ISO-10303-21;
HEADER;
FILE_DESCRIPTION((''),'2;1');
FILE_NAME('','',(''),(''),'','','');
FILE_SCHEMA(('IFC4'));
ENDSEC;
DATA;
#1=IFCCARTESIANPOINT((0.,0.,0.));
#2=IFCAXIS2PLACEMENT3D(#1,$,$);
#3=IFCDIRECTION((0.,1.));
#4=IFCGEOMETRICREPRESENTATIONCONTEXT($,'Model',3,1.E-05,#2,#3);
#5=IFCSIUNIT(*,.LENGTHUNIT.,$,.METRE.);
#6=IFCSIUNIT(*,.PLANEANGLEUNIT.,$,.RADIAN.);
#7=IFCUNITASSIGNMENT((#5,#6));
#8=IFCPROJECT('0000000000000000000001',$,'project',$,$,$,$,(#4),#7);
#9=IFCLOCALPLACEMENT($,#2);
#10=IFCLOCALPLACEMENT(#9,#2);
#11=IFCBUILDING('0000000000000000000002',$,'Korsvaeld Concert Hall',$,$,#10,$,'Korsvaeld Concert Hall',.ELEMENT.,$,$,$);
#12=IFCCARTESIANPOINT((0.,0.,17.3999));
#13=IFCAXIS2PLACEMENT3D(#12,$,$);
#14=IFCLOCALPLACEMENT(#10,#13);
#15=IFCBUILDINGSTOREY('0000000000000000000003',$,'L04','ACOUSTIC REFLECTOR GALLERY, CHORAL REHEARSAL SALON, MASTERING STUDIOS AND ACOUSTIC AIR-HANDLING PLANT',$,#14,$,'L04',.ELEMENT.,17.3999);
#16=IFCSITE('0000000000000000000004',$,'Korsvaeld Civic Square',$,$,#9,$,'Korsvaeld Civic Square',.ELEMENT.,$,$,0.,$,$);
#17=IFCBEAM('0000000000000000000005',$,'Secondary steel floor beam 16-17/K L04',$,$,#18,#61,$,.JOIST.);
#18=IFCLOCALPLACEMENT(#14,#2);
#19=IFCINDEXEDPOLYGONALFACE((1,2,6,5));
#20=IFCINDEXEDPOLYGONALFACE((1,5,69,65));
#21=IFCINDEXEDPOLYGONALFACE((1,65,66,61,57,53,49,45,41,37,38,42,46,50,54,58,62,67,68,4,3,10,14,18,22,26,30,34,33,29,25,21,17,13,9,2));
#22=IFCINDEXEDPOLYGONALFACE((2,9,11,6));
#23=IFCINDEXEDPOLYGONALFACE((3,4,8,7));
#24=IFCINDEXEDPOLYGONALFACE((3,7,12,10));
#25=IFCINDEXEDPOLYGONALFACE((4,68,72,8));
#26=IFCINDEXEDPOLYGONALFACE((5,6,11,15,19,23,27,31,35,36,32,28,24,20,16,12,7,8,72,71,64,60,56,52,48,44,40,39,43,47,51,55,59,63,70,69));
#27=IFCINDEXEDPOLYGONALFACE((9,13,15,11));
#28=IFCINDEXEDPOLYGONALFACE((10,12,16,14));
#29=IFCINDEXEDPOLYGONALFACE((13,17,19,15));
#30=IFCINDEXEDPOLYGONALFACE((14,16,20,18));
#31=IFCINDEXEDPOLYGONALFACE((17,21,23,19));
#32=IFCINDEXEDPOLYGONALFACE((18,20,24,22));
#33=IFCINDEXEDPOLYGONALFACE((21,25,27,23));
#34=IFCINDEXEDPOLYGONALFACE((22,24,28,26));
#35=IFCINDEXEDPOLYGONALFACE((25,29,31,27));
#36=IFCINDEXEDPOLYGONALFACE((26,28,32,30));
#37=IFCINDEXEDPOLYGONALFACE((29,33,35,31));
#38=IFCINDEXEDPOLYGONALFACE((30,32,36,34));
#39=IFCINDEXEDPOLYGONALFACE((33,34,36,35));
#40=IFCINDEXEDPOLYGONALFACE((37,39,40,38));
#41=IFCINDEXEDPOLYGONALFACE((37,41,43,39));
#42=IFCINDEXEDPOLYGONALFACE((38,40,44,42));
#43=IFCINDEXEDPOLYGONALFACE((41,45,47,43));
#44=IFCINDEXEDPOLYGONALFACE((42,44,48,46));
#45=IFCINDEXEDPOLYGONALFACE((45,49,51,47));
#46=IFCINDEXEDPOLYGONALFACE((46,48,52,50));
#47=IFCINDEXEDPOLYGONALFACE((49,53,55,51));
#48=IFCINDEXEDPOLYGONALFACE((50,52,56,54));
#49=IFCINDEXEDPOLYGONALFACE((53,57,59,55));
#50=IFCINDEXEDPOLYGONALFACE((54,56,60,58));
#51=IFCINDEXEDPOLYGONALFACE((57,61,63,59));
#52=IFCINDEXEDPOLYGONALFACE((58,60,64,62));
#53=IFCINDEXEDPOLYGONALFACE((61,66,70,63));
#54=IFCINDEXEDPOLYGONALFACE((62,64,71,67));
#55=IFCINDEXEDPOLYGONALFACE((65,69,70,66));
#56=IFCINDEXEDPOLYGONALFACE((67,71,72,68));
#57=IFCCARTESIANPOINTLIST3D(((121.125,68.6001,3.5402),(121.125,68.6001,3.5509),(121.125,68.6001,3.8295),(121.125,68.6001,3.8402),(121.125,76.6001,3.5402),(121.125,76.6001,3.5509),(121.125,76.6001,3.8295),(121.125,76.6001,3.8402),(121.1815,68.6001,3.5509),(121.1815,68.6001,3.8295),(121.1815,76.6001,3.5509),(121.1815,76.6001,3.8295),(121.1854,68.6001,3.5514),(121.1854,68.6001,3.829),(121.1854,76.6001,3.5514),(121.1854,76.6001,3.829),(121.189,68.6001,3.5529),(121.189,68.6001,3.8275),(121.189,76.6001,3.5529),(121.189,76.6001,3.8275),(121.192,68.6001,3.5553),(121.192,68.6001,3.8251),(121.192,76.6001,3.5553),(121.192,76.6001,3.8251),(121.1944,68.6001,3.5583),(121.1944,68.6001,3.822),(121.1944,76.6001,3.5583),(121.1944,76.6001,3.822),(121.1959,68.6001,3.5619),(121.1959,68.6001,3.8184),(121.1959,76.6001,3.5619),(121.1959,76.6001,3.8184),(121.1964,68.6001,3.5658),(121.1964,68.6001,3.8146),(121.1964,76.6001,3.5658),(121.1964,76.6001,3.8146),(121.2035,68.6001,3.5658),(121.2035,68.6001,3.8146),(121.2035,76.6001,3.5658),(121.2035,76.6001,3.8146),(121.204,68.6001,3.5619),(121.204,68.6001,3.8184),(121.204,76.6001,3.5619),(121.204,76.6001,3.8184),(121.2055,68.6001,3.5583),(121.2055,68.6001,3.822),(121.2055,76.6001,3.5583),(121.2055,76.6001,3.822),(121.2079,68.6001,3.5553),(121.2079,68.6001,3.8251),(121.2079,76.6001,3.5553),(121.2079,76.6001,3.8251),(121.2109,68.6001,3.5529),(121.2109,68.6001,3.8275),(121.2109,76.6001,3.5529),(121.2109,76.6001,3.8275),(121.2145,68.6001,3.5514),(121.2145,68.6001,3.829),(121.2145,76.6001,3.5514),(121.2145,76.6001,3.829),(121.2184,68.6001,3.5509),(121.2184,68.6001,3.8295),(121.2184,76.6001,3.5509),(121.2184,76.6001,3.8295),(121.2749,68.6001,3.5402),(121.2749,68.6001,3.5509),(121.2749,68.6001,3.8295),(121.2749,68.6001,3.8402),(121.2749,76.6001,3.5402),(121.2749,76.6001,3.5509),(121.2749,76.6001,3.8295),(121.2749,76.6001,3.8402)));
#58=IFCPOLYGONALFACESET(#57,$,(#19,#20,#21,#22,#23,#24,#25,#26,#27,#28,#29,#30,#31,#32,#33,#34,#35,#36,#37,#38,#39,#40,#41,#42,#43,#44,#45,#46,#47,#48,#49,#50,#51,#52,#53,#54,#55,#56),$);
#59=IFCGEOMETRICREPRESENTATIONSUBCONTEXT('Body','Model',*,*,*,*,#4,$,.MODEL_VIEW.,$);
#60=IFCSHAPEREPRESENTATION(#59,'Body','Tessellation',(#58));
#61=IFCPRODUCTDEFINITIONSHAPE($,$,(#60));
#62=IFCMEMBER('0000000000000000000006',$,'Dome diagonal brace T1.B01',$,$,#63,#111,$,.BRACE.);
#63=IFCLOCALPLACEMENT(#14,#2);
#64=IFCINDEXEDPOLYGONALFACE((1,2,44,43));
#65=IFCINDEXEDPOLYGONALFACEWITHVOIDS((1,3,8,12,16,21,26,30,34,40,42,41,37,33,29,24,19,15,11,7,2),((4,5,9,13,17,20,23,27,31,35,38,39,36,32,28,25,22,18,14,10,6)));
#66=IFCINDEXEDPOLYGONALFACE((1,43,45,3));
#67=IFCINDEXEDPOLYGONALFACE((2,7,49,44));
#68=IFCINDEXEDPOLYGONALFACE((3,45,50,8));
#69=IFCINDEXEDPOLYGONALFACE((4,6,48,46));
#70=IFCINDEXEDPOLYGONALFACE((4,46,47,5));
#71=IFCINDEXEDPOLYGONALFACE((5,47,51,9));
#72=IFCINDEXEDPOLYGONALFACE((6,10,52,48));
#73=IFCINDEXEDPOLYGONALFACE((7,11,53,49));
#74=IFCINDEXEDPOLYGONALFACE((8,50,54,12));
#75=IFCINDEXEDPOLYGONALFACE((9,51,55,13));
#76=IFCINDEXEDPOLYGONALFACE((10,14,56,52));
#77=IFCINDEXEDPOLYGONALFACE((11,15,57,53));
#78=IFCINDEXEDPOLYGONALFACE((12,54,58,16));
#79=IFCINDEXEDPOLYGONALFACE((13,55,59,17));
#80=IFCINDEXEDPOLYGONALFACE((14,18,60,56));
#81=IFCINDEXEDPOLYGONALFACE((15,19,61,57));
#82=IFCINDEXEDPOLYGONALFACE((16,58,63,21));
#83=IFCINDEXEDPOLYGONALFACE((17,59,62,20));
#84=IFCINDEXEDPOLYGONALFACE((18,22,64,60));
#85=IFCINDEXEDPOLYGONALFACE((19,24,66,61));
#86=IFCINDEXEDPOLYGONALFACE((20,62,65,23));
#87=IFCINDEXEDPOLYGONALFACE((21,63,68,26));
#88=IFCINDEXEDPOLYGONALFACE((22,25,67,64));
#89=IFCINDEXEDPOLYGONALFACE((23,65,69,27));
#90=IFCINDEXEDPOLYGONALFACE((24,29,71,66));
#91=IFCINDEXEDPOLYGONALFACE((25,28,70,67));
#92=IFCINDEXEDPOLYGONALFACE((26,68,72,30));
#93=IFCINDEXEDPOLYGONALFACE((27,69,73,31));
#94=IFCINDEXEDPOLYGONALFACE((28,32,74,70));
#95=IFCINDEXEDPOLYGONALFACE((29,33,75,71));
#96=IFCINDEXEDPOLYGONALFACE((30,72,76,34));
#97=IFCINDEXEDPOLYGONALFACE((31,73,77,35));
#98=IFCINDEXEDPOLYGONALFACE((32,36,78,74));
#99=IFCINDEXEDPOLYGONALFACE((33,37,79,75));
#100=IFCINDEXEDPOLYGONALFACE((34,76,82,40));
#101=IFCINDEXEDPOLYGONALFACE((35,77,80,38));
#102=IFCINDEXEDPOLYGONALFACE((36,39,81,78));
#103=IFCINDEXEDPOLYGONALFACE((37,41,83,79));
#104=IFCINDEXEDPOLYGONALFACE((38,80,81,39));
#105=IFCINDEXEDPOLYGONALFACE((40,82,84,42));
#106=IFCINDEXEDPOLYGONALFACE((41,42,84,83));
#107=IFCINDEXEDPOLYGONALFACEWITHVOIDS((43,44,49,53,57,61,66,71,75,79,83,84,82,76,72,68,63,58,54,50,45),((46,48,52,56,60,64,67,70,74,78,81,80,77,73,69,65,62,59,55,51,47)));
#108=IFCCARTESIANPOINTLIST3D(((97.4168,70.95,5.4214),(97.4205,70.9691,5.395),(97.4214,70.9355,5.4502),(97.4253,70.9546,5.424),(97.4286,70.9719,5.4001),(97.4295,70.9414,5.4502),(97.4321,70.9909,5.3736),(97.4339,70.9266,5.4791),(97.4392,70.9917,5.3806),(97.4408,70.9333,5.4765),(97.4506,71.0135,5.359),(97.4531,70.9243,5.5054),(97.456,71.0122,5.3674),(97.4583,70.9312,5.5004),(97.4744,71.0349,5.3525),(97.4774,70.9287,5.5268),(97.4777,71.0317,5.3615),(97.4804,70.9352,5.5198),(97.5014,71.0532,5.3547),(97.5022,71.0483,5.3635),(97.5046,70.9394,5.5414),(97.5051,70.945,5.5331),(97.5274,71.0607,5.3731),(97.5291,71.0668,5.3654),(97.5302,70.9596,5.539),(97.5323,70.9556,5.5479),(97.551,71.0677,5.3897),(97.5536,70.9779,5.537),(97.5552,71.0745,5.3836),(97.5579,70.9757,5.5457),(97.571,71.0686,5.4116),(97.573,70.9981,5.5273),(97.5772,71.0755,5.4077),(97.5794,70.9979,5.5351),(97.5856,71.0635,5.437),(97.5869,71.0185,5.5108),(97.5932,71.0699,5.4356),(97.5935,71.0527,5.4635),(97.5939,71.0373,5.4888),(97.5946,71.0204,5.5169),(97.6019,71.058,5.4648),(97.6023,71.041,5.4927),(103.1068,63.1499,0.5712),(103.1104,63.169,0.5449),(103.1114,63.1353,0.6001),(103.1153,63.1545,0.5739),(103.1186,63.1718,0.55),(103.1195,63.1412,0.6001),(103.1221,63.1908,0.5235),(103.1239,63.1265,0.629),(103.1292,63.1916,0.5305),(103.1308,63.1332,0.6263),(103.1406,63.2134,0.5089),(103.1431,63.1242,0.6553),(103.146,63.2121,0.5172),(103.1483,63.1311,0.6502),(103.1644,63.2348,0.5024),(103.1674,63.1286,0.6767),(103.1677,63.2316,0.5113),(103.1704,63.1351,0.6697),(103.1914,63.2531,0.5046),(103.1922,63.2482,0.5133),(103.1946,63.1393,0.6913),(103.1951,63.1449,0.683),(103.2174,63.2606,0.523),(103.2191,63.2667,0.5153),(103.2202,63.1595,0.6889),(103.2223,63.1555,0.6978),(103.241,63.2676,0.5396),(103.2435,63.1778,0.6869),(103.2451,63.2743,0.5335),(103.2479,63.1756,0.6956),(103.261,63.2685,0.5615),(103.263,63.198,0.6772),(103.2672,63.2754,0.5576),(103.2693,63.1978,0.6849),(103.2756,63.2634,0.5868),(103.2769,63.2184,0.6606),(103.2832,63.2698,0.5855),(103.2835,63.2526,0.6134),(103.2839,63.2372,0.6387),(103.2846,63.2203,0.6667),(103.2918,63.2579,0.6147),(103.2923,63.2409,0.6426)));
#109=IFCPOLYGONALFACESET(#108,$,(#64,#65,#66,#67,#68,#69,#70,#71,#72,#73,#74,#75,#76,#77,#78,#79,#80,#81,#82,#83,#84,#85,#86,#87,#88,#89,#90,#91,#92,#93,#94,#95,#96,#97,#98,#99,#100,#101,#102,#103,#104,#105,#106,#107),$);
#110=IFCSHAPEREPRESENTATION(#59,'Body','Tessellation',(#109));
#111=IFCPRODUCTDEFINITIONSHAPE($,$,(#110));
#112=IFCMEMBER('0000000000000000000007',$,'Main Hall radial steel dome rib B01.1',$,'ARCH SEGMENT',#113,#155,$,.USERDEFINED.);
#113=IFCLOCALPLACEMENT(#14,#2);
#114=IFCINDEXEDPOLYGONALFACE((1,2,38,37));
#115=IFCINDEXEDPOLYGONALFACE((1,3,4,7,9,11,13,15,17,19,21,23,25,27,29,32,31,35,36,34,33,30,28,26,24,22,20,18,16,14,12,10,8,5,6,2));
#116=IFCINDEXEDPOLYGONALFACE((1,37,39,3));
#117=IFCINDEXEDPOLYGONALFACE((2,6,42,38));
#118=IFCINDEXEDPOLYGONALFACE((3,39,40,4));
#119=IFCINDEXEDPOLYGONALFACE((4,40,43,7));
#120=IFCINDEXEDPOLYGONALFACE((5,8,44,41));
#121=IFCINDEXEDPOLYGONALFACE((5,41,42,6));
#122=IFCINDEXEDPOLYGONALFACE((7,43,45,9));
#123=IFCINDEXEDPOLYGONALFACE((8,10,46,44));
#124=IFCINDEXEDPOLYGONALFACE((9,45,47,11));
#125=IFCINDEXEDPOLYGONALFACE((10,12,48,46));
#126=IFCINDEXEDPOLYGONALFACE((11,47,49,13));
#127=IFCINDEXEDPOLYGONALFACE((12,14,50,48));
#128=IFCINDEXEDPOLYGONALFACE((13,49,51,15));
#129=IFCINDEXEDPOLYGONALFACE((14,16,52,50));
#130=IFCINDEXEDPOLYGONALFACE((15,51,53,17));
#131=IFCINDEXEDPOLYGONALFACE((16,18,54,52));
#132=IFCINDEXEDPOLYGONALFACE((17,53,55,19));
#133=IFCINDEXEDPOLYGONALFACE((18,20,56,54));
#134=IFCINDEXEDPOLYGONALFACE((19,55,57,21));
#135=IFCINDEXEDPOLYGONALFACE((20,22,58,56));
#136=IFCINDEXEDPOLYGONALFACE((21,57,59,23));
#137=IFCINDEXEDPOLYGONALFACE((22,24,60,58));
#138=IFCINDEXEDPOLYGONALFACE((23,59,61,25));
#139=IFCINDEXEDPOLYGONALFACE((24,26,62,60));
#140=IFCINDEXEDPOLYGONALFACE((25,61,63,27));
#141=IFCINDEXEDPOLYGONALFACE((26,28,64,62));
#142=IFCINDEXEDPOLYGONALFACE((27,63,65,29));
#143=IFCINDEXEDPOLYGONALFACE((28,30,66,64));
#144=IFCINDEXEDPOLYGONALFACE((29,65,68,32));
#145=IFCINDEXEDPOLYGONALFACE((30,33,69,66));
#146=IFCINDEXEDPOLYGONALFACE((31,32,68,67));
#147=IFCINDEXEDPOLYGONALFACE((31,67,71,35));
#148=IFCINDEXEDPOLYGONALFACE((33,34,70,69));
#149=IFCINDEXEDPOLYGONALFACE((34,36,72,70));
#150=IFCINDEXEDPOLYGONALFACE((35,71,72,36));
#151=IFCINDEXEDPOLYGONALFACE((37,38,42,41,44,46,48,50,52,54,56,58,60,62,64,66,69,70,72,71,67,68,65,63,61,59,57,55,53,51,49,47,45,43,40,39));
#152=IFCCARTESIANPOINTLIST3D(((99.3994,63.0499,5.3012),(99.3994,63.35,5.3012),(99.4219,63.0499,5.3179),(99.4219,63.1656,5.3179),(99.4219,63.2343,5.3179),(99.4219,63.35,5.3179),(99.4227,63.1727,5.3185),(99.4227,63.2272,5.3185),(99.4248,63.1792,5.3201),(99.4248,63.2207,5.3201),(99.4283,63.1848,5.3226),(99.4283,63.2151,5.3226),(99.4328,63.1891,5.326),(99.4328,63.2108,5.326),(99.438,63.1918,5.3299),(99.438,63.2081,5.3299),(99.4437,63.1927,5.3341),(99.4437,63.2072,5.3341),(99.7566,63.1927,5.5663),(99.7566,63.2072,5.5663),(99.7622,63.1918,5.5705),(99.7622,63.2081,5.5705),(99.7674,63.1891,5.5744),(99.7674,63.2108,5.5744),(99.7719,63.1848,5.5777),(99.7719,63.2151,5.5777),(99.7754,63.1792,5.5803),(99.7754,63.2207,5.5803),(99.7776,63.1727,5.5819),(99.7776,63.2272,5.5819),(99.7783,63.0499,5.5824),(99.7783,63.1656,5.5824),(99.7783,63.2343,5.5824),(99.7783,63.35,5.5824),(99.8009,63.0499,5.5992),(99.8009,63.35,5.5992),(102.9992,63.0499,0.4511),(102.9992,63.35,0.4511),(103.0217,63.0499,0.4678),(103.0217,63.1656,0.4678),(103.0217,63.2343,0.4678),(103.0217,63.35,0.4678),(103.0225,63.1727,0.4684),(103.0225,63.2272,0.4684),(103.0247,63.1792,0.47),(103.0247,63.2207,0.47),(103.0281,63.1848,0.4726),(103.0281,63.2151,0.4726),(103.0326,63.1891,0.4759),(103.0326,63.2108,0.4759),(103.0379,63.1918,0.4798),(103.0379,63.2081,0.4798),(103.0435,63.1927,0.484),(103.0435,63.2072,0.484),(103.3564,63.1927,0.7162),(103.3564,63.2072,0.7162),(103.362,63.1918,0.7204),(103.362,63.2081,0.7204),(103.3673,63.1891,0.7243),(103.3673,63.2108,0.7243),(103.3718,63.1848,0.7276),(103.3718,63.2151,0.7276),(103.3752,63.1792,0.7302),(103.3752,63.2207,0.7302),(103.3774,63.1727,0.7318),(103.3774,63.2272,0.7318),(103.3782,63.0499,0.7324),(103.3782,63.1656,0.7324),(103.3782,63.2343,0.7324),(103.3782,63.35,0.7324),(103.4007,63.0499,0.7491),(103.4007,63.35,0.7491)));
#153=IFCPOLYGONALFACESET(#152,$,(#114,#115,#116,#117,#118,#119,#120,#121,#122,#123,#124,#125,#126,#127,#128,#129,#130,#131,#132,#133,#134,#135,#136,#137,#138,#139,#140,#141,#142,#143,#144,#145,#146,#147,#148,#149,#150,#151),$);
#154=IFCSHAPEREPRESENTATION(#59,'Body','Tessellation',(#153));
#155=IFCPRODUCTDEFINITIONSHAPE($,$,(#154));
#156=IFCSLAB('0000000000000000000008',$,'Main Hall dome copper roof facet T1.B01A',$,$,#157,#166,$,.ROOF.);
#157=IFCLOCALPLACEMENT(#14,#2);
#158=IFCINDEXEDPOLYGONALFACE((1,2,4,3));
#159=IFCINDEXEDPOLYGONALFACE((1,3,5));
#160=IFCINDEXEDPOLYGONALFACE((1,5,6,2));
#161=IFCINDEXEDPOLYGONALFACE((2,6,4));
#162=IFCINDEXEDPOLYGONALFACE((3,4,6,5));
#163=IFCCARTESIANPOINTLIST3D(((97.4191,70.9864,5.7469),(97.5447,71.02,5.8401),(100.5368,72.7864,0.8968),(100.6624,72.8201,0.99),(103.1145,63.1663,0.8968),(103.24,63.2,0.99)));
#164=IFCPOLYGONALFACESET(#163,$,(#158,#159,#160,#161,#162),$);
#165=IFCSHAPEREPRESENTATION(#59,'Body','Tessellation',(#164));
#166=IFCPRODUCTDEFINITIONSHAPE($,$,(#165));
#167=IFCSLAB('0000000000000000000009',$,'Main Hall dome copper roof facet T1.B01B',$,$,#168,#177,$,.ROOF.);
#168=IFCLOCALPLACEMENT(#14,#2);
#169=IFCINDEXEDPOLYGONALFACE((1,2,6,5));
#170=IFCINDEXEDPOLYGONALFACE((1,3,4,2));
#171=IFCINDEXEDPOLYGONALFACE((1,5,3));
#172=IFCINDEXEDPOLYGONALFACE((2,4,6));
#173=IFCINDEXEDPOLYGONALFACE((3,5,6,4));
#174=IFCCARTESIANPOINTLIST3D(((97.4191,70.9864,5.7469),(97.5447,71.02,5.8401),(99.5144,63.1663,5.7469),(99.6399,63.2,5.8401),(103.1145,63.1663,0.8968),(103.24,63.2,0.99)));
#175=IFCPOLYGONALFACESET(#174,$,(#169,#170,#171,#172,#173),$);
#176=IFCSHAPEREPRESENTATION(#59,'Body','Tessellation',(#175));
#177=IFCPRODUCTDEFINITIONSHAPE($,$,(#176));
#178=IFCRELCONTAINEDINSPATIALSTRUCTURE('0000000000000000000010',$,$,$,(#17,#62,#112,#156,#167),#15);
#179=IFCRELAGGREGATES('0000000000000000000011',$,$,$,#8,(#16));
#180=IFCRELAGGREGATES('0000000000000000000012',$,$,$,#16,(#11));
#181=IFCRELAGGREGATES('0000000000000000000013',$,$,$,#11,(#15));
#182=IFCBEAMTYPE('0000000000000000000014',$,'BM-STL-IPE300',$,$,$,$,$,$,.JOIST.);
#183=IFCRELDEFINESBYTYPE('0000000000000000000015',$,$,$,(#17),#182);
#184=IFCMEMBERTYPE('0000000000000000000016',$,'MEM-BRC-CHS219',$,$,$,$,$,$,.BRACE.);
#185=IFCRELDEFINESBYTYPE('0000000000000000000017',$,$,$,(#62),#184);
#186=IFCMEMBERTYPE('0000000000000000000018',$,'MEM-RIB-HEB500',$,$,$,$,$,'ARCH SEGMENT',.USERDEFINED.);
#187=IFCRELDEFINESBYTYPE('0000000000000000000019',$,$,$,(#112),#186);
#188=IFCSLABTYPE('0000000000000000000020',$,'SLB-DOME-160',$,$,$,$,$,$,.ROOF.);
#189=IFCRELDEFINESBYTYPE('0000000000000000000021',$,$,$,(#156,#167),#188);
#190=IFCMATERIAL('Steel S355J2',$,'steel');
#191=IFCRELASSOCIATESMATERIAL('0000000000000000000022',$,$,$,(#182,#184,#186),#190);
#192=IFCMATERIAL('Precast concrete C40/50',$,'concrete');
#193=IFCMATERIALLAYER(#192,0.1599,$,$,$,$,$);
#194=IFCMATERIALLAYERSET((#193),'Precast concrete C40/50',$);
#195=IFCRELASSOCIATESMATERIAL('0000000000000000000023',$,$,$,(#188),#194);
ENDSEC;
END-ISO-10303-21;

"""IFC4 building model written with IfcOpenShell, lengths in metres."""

from ifc_helpers import new_model, si_unit, direction, frame, origin, origin_2d, place, context, subcontext, project, spatial, polyline, hollow_circle, i_section, outline, extrude, material, layer, layer_set, material_profile, profile_set, type_object, element, save


model = new_model("IFC4")

# Units and contexts
model_context = context("Model", 3, precision=1e-05, world=origin(), true_north=direction((0.0, 1.0)))
body_context = subcontext(model_context, "Body", "Model", "MODEL_VIEW")
ifc_project = project(units=[si_unit("LENGTHUNIT", "METRE"), si_unit("PLANEANGLEUNIT", "RADIAN")], contexts=[model_context])

# Site, building, storey
site_placement = place(None, origin())
site = spatial("IfcSite", under=ifc_project, at=site_placement, Name="Korsvaeld Civic Square", LongName="Korsvaeld Civic Square", CompositionType="ELEMENT", RefElevation=0.0)
building_placement = place(site_placement, origin())
building = spatial("IfcBuilding", under=site, at=building_placement, Name="Korsvaeld Concert Hall", LongName="Korsvaeld Concert Hall", CompositionType="ELEMENT")
storey_placement = place(building_placement, frame((0.0, 0.0, 17.3999)))
storey = spatial("IfcBuildingStorey", under=building, at=storey_placement, Name="L04", Description="ACOUSTIC REFLECTOR GALLERY, CHORAL REHEARSAL SALON, MASTERING STUDIOS AND ACOUSTIC AIR-HANDLING PLANT", LongName="L04", CompositionType="ELEMENT", Elevation=17.3999)

# Beam
ifc_material_1 = material(Name="Steel S355J2", Category="steel")
ifc_material_profile_1 = material_profile(ifc_material_1, i_section(OverallWidth=0.1499, OverallDepth=0.3, WebThickness=0.0071, FlangeThickness=0.0107, FilletRadius=0.0149, at=origin_2d()), Name="IPE 300")
ifc_profile_set_1 = profile_set([ifc_material_profile_1], Name="Steel S355J2")
beam_type_1 = type_object("IfcBeamType", Name="BM-STL-IPE300", PredefinedType="JOIST", material=ifc_profile_set_1)
beam_1_placement = place(storey_placement, frame((121.2, 68.6001, 3.6902), z_axis=(0.0, 1.0, 0.0), x_axis=(-1.0, 0.0, 0.0)))
element("IfcBeam", 1, at=beam_1_placement, inside=storey, type_object=beam_type_1, Name="Secondary steel floor beam 16-17/K L04", PredefinedType="JOIST", context=body_context, shape_type="SweptSolid", body=[
    extrude(i_section(OverallWidth=0.1499, OverallDepth=0.3, WebThickness=0.0071, FlangeThickness=0.0107, FilletRadius=0.0149, at=origin_2d()), origin(), (0.0, 0.0, 1.0), 8.0),
])

# Members
ifc_material_profile_2 = material_profile(ifc_material_1, hollow_circle(Radius=0.1096, WallThickness=0.01, at=origin_2d()), Name="CHS 219.1x10")
ifc_profile_set_2 = profile_set([ifc_material_profile_2], Name="Steel S355J2")
member_type_1 = type_object("IfcMemberType", Name="MEM-BRC-CHS219", PredefinedType="BRACE", material=ifc_profile_set_2)
member_1_placement = place(storey_placement, frame((103.2, 63.2, 0.6001), z_axis=(-0.526622, 0.721918, 0.448891), x_axis=(-0.807889, -0.589335, 0.0)))
element("IfcMember", 2, at=member_1_placement, inside=storey, type_object=member_type_1, Name="Dome diagonal brace T1.B01", PredefinedType="BRACE", context=body_context, shape_type="SweptSolid", body=[
    extrude(hollow_circle(Radius=0.1096, WallThickness=0.01, at=origin_2d()), origin(), (0.0, 0.0, 1.0), 10.8047),
])
ifc_material_profile_3 = material_profile(ifc_material_1, i_section(OverallWidth=0.3, OverallDepth=0.5, WebThickness=0.0144, FlangeThickness=0.0281, FilletRadius=0.0271, at=origin_2d()), Name="HEB 500")
ifc_profile_set_3 = profile_set([ifc_material_profile_3], Name="Steel S355J2")
member_type_2 = type_object("IfcMemberType", Name="MEM-RIB-HEB500", ElementType="ARCH SEGMENT", PredefinedType="USERDEFINED", material=ifc_profile_set_3)
member_2_placement = place(storey_placement, frame((103.2, 63.2, 0.6001), z_axis=(-0.595996, 0.0, 0.802988), x_axis=(0.0, -1.0, 0.0)))
element("IfcMember", 3, at=member_2_placement, inside=storey, type_object=member_type_2, Name="Main Hall radial steel dome rib B01.1", ObjectType="ARCH SEGMENT", PredefinedType="USERDEFINED", context=body_context, shape_type="SweptSolid", body=[
    extrude(i_section(OverallWidth=0.3, OverallDepth=0.5, WebThickness=0.0144, FlangeThickness=0.0281, FilletRadius=0.0271, at=origin_2d()), origin(), (0.0, 0.0, 1.0), 6.04),
])

# Slabs
ifc_material_2 = material(Name="Precast concrete C40/50", Category="concrete")
ifc_layer_1 = layer(ifc_material_2, 0.1599)
ifc_layer_set_1 = layer_set([ifc_layer_1], Name="Precast concrete C40/50")
slab_type = type_object("IfcSlabType", Name="SLB-DOME-160", PredefinedType="ROOF", material=ifc_layer_set_1)
slab_1_placement = place(storey_placement, frame((103.24, 63.2, 0.99), z_axis=(0.785013, 0.210338, 0.582676), x_axis=(-0.258813, 0.965927, 0.0)))
element("IfcSlab", 4, at=slab_1_placement, inside=storey, type_object=slab_type, Name="Main Hall dome copper roof facet T1.B01A", PredefinedType="ROOF", context=body_context, shape_type="SweptSolid", body=[
    extrude(outline(polyline([(0.0, 0.0), (9.9595, 0.0), (9.0276, 5.9678), (0.0, 0.0)])), origin(), (0.0, 0.0, -1.0), 0.1599),
])
slab_2_placement = place(storey_placement, frame((103.24, 63.2, 0.99), z_axis=(0.785007, 0.210325, 0.58269), x_axis=(-0.526277, 0.722615, 0.448174)))
element("IfcSlab", 5, at=slab_2_placement, inside=storey, type_object=slab_type, Name="Main Hall dome copper roof facet T1.B01B", PredefinedType="ROOF", context=body_context, shape_type="SweptSolid", body=[
    extrude(outline(polyline([(0.0, 0.0), (10.8219, 0.0), (4.0683, 4.4646), (0.0, 0.0)])), origin(), (0.0, 0.0, -1.0), 0.1599),
])

save(model, "model.ifc")
